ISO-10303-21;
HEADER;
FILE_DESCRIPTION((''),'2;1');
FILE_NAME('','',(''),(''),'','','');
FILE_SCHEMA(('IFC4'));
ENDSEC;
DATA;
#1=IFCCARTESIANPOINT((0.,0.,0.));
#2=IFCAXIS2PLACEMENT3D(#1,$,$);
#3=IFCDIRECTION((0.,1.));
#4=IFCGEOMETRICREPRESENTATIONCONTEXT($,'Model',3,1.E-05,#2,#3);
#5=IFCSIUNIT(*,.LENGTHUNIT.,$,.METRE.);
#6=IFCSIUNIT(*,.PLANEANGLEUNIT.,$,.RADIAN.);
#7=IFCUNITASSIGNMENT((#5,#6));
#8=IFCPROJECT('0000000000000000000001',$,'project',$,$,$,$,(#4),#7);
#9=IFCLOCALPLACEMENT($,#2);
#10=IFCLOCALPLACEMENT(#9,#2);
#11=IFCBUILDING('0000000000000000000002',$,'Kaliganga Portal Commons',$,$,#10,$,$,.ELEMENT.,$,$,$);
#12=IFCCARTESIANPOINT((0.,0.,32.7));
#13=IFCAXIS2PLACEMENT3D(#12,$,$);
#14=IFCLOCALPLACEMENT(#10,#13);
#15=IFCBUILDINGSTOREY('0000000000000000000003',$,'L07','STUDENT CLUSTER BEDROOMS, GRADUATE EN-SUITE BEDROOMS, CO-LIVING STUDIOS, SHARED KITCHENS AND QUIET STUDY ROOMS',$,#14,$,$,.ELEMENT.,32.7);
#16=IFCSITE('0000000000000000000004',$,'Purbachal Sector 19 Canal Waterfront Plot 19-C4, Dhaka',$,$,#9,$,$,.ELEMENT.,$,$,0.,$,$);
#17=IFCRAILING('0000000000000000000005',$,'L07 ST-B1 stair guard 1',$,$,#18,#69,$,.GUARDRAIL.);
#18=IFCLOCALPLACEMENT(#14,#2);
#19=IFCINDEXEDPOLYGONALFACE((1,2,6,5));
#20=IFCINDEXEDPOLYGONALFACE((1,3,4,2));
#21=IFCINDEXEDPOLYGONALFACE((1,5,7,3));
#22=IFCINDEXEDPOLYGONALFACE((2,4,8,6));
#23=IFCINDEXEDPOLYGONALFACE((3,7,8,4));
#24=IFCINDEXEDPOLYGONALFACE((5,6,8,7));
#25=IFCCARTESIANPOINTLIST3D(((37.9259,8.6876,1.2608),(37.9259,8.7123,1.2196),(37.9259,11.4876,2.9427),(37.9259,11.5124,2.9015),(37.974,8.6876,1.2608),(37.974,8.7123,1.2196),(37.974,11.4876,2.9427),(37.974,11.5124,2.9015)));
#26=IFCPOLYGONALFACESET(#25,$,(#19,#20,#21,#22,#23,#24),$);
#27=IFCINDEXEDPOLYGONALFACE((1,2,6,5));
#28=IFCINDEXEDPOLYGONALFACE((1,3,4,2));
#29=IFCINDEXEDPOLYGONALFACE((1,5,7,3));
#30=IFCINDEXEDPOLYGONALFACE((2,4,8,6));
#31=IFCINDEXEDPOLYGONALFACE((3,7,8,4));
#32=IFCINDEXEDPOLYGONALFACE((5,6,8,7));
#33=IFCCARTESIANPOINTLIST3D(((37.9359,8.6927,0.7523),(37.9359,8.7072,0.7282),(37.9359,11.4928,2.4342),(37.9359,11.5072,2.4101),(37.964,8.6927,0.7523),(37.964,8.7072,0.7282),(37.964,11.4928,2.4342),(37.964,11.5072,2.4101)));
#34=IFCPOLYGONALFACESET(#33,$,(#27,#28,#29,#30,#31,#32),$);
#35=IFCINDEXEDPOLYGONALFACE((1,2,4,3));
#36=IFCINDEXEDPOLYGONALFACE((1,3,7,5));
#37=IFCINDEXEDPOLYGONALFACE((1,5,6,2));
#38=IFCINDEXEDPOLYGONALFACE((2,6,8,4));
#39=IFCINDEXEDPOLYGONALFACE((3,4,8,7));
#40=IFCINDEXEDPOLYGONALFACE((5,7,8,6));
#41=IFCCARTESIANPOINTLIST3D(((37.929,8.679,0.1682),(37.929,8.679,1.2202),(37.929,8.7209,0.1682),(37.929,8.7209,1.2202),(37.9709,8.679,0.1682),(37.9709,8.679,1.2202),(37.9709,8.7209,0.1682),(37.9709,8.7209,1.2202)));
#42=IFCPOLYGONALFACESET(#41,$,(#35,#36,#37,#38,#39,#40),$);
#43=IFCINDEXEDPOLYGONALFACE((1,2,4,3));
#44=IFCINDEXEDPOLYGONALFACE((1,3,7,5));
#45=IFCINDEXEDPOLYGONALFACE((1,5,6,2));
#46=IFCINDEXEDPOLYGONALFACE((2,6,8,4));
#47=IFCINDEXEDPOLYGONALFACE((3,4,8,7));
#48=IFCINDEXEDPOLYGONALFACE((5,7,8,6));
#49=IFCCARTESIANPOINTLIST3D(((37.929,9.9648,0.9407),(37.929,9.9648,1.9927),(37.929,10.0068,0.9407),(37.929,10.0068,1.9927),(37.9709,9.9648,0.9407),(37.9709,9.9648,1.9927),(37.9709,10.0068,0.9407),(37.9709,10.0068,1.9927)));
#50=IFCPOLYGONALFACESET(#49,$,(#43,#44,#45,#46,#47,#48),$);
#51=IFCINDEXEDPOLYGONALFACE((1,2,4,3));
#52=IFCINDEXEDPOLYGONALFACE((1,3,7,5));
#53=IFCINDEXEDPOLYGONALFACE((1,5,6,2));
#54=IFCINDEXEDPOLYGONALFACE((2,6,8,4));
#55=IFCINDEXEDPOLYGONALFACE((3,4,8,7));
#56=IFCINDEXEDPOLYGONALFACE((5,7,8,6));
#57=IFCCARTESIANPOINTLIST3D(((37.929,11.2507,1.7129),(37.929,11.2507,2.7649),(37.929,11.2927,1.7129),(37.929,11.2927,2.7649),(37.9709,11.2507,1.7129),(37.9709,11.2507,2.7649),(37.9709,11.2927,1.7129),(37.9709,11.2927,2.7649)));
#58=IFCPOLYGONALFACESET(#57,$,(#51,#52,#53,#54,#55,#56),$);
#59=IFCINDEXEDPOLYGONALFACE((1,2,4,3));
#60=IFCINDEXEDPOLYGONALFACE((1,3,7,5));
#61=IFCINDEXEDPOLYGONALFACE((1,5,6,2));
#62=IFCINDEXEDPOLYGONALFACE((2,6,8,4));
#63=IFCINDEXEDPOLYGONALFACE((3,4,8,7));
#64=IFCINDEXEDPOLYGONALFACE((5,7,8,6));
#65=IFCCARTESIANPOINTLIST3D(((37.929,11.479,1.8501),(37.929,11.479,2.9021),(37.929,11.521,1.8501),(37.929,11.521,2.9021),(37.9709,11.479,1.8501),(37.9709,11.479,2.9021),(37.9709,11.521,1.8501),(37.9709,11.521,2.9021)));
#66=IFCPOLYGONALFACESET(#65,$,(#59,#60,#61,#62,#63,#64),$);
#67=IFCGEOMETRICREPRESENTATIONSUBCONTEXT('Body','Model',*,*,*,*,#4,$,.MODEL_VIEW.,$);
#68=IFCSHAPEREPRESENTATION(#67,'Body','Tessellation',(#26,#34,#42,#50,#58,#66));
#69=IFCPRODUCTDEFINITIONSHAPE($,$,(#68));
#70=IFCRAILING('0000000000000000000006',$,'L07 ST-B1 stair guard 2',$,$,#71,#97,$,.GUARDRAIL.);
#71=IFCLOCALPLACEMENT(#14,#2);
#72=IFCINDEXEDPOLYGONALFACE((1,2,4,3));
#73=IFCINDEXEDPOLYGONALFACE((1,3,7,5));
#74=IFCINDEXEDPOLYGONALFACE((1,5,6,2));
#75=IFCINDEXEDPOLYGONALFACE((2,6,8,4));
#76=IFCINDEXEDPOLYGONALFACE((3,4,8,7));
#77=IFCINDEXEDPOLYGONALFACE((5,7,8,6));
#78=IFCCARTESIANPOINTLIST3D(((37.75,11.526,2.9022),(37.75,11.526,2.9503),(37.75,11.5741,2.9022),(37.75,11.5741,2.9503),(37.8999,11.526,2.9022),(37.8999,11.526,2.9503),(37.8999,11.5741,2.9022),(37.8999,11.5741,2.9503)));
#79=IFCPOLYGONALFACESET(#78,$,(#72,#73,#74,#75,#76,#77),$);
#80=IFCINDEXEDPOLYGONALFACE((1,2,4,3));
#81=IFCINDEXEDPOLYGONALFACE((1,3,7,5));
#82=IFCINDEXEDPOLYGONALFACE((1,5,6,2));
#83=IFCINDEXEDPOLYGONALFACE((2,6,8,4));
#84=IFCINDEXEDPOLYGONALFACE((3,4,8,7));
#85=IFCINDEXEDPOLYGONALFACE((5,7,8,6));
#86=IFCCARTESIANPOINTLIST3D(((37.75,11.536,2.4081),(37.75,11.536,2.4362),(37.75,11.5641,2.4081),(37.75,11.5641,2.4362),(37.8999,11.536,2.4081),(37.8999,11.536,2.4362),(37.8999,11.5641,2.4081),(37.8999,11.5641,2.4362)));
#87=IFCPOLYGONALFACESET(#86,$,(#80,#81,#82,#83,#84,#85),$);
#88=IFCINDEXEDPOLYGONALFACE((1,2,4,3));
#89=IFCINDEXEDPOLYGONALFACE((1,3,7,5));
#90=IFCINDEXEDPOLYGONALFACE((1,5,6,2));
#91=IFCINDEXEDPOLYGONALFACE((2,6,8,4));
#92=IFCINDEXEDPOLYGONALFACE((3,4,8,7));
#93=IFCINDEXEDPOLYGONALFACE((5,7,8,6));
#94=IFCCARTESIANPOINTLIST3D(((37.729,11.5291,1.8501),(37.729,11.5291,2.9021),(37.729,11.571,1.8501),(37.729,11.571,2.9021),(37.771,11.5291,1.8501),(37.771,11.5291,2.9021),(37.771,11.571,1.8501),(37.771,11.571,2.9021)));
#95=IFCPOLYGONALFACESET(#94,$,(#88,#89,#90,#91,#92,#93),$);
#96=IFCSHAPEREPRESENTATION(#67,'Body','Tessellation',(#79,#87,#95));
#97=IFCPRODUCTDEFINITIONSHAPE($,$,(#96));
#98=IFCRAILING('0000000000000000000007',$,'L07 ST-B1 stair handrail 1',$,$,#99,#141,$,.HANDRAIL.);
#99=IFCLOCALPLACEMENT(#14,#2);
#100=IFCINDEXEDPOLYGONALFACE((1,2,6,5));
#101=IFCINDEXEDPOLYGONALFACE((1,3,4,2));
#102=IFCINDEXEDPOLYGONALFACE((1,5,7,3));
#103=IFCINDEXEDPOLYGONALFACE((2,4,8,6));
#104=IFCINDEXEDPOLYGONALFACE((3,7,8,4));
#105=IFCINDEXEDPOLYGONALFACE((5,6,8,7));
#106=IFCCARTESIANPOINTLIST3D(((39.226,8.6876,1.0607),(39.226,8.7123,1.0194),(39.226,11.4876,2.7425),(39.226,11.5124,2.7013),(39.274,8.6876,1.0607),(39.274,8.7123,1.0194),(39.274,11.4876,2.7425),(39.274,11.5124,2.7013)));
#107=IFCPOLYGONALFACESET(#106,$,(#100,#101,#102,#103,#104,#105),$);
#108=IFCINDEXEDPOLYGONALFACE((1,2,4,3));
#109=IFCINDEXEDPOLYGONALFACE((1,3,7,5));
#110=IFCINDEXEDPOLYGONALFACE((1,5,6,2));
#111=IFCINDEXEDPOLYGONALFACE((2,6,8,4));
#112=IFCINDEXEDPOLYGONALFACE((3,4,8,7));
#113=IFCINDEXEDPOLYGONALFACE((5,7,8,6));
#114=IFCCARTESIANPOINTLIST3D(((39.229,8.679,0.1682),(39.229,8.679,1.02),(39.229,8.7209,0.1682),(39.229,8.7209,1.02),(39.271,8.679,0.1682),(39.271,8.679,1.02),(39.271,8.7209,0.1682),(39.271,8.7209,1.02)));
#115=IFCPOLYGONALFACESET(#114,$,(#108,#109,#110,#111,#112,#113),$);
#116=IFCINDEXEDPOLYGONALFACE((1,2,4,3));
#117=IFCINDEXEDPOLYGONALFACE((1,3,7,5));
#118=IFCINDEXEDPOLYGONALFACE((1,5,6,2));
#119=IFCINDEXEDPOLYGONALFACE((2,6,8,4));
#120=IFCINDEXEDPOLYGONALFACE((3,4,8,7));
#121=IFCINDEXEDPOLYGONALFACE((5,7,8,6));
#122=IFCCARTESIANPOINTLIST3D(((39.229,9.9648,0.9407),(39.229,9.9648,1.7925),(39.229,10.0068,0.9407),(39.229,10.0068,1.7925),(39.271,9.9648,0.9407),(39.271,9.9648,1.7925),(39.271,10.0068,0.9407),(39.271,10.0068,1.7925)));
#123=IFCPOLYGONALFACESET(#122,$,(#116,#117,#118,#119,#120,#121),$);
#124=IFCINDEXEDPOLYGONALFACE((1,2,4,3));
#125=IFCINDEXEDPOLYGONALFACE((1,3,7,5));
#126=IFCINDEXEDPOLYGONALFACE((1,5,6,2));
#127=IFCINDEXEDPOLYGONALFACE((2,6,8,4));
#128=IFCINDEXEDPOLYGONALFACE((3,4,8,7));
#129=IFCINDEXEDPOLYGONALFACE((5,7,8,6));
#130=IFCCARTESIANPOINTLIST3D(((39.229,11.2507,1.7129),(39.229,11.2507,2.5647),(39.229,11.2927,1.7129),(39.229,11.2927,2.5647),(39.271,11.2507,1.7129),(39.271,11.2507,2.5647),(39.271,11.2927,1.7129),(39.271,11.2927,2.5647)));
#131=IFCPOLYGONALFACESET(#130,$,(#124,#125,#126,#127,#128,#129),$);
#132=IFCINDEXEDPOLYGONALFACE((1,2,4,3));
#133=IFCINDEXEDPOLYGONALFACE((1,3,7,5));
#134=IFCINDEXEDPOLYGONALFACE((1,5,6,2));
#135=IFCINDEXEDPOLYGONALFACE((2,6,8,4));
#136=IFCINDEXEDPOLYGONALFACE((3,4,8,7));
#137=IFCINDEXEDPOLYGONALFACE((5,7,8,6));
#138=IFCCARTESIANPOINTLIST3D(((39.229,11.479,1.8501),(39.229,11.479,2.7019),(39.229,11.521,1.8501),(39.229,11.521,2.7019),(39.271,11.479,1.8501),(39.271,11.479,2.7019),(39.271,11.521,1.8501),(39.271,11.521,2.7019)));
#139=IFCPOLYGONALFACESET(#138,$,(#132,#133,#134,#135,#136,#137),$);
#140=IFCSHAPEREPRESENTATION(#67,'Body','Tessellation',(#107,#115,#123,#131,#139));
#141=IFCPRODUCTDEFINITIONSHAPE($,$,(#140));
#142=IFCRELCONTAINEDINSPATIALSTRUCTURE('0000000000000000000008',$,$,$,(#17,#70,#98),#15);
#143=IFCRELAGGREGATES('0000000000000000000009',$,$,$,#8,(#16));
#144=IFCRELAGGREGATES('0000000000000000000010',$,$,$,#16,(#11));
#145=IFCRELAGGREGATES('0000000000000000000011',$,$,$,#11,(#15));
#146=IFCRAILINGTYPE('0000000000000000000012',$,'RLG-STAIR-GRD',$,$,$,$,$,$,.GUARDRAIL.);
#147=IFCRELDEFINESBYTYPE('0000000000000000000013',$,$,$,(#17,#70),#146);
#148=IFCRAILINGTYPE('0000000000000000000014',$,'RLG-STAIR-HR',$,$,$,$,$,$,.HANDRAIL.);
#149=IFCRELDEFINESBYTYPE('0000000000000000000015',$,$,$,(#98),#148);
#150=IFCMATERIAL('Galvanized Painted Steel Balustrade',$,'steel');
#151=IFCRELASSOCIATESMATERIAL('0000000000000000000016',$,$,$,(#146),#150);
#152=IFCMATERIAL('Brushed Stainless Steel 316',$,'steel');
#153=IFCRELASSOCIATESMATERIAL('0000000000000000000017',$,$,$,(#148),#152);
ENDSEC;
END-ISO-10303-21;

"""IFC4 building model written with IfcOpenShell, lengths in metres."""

from ifc_helpers import new_model, si_unit, direction, frame, origin, origin_2d, place, context, subcontext, project, spatial, rectangle, extrude, material, type_object, element, save


model = new_model("IFC4")

# Units and contexts
model_context = context("Model", 3, precision=1e-05, world=origin(), true_north=direction((0.0, 1.0)))
body_context = subcontext(model_context, "Body", "Model", "MODEL_VIEW")
ifc_project = project(units=[si_unit("LENGTHUNIT", "METRE"), si_unit("PLANEANGLEUNIT", "RADIAN")], contexts=[model_context])

# Site, building, storey
site_placement = place(None, origin())
site = spatial("IfcSite", under=ifc_project, at=site_placement, Name="Purbachal Sector 19 Canal Waterfront Plot 19-C4, Dhaka", CompositionType="ELEMENT", RefElevation=0.0)
building_placement = place(site_placement, origin())
building = spatial("IfcBuilding", under=site, at=building_placement, Name="Kaliganga Portal Commons", CompositionType="ELEMENT")
storey_placement = place(building_placement, frame((0.0, 0.0, 32.7)))
storey = spatial("IfcBuildingStorey", under=building, at=storey_placement, Name="L07", Description="STUDENT CLUSTER BEDROOMS, GRADUATE EN-SUITE BEDROOMS, CO-LIVING STUDIOS, SHARED KITCHENS AND QUIET STUDY ROOMS", CompositionType="ELEMENT", Elevation=32.7)

# Railings
ifc_material_1 = material(Name="Galvanized Painted Steel Balustrade", Category="steel")
railing_type_1 = type_object("IfcRailingType", Name="RLG-STAIR-GRD", PredefinedType="GUARDRAIL", material=ifc_material_1)
railing_1_placement = place(storey_placement, frame((37.95, 8.7, 0.1682)))
element("IfcRailing", 1, at=railing_1_placement, inside=storey, type_object=railing_type_1, Name="L07 ST-B1 stair guard 1", PredefinedType="GUARDRAIL", context=body_context, shape_type="SweptSolid", body=[
    extrude(rectangle(XDim=0.0481, YDim=0.0481, at=origin_2d()), frame((0.0, 0.0, 1.072), z_axis=(0.0, 0.857242, 0.514913), x_axis=(-1.0, 0.0, 0.0)), (0.0, 0.0, 1.0), 3.2664),
    extrude(rectangle(XDim=0.0281, YDim=0.0281, at=origin_2d()), frame((0.0, 0.0, 0.572), z_axis=(0.0, 0.857242, 0.514913), x_axis=(-1.0, 0.0, 0.0)), (0.0, 0.0, 1.0), 3.2664),
    extrude(rectangle(XDim=0.042, YDim=0.042, at=origin_2d()), origin(), (0.0, 0.0, 1.0), 1.052),
    extrude(rectangle(XDim=0.042, YDim=0.042, at=origin_2d()), frame((0.0, 1.2859, 0.7725)), (0.0, 0.0, 1.0), 1.052),
    extrude(rectangle(XDim=0.042, YDim=0.042, at=origin_2d()), frame((0.0, 2.5718, 1.5447)), (0.0, 0.0, 1.0), 1.052),
    extrude(rectangle(XDim=0.042, YDim=0.042, at=origin_2d()), frame((0.0, 2.8, 1.6819)), (0.0, 0.0, 1.0), 1.052),
])
railing_2_placement = place(storey_placement, frame((37.8999, 11.55, 1.8501)))
element("IfcRailing", 2, at=railing_2_placement, inside=storey, type_object=railing_type_1, Name="L07 ST-B1 stair guard 2", PredefinedType="GUARDRAIL", context=body_context, shape_type="SweptSolid", body=[
    extrude(rectangle(XDim=0.0481, YDim=0.0481, at=origin_2d()), frame((0.0, 0.0, 1.0762), z_axis=(-1.0, 0.0, 0.0), x_axis=(0.0, -1.0, 0.0)), (0.0, 0.0, 1.0), 0.1499),
    extrude(rectangle(XDim=0.0281, YDim=0.0281, at=origin_2d()), frame((0.0, 0.0, 0.572), z_axis=(-1.0, 0.0, 0.0), x_axis=(0.0, -1.0, 0.0)), (0.0, 0.0, 1.0), 0.1499),
    extrude(rectangle(XDim=0.042, YDim=0.042, at=origin_2d()), frame((-0.1499, 0.0, 0.0)), (0.0, 0.0, 1.0), 1.052),
])
ifc_material_2 = material(Name="Brushed Stainless Steel 316", Category="steel")
railing_type_2 = type_object("IfcRailingType", Name="RLG-STAIR-HR", PredefinedType="HANDRAIL", material=ifc_material_2)
railing_3_placement = place(storey_placement, frame((39.25, 8.7, 0.1682)))
element("IfcRailing", 3, at=railing_3_placement, inside=storey, type_object=railing_type_2, Name="L07 ST-B1 stair handrail 1", PredefinedType="HANDRAIL", context=body_context, shape_type="SweptSolid", body=[
    extrude(rectangle(XDim=0.0481, YDim=0.0481, at=origin_2d()), frame((0.0, 0.0, 0.8718), z_axis=(0.0, 0.857242, 0.514913), x_axis=(-1.0, 0.0, 0.0)), (0.0, 0.0, 1.0), 3.2664),
    extrude(rectangle(XDim=0.042, YDim=0.042, at=origin_2d()), origin(), (0.0, 0.0, 1.0), 0.8518),
    extrude(rectangle(XDim=0.042, YDim=0.042, at=origin_2d()), frame((0.0, 1.2859, 0.7725)), (0.0, 0.0, 1.0), 0.8518),
    extrude(rectangle(XDim=0.042, YDim=0.042, at=origin_2d()), frame((0.0, 2.5718, 1.5447)), (0.0, 0.0, 1.0), 0.8518),
    extrude(rectangle(XDim=0.042, YDim=0.042, at=origin_2d()), frame((0.0, 2.8, 1.6819)), (0.0, 0.0, 1.0), 0.8518),
])

save(model, "model.ifc")
